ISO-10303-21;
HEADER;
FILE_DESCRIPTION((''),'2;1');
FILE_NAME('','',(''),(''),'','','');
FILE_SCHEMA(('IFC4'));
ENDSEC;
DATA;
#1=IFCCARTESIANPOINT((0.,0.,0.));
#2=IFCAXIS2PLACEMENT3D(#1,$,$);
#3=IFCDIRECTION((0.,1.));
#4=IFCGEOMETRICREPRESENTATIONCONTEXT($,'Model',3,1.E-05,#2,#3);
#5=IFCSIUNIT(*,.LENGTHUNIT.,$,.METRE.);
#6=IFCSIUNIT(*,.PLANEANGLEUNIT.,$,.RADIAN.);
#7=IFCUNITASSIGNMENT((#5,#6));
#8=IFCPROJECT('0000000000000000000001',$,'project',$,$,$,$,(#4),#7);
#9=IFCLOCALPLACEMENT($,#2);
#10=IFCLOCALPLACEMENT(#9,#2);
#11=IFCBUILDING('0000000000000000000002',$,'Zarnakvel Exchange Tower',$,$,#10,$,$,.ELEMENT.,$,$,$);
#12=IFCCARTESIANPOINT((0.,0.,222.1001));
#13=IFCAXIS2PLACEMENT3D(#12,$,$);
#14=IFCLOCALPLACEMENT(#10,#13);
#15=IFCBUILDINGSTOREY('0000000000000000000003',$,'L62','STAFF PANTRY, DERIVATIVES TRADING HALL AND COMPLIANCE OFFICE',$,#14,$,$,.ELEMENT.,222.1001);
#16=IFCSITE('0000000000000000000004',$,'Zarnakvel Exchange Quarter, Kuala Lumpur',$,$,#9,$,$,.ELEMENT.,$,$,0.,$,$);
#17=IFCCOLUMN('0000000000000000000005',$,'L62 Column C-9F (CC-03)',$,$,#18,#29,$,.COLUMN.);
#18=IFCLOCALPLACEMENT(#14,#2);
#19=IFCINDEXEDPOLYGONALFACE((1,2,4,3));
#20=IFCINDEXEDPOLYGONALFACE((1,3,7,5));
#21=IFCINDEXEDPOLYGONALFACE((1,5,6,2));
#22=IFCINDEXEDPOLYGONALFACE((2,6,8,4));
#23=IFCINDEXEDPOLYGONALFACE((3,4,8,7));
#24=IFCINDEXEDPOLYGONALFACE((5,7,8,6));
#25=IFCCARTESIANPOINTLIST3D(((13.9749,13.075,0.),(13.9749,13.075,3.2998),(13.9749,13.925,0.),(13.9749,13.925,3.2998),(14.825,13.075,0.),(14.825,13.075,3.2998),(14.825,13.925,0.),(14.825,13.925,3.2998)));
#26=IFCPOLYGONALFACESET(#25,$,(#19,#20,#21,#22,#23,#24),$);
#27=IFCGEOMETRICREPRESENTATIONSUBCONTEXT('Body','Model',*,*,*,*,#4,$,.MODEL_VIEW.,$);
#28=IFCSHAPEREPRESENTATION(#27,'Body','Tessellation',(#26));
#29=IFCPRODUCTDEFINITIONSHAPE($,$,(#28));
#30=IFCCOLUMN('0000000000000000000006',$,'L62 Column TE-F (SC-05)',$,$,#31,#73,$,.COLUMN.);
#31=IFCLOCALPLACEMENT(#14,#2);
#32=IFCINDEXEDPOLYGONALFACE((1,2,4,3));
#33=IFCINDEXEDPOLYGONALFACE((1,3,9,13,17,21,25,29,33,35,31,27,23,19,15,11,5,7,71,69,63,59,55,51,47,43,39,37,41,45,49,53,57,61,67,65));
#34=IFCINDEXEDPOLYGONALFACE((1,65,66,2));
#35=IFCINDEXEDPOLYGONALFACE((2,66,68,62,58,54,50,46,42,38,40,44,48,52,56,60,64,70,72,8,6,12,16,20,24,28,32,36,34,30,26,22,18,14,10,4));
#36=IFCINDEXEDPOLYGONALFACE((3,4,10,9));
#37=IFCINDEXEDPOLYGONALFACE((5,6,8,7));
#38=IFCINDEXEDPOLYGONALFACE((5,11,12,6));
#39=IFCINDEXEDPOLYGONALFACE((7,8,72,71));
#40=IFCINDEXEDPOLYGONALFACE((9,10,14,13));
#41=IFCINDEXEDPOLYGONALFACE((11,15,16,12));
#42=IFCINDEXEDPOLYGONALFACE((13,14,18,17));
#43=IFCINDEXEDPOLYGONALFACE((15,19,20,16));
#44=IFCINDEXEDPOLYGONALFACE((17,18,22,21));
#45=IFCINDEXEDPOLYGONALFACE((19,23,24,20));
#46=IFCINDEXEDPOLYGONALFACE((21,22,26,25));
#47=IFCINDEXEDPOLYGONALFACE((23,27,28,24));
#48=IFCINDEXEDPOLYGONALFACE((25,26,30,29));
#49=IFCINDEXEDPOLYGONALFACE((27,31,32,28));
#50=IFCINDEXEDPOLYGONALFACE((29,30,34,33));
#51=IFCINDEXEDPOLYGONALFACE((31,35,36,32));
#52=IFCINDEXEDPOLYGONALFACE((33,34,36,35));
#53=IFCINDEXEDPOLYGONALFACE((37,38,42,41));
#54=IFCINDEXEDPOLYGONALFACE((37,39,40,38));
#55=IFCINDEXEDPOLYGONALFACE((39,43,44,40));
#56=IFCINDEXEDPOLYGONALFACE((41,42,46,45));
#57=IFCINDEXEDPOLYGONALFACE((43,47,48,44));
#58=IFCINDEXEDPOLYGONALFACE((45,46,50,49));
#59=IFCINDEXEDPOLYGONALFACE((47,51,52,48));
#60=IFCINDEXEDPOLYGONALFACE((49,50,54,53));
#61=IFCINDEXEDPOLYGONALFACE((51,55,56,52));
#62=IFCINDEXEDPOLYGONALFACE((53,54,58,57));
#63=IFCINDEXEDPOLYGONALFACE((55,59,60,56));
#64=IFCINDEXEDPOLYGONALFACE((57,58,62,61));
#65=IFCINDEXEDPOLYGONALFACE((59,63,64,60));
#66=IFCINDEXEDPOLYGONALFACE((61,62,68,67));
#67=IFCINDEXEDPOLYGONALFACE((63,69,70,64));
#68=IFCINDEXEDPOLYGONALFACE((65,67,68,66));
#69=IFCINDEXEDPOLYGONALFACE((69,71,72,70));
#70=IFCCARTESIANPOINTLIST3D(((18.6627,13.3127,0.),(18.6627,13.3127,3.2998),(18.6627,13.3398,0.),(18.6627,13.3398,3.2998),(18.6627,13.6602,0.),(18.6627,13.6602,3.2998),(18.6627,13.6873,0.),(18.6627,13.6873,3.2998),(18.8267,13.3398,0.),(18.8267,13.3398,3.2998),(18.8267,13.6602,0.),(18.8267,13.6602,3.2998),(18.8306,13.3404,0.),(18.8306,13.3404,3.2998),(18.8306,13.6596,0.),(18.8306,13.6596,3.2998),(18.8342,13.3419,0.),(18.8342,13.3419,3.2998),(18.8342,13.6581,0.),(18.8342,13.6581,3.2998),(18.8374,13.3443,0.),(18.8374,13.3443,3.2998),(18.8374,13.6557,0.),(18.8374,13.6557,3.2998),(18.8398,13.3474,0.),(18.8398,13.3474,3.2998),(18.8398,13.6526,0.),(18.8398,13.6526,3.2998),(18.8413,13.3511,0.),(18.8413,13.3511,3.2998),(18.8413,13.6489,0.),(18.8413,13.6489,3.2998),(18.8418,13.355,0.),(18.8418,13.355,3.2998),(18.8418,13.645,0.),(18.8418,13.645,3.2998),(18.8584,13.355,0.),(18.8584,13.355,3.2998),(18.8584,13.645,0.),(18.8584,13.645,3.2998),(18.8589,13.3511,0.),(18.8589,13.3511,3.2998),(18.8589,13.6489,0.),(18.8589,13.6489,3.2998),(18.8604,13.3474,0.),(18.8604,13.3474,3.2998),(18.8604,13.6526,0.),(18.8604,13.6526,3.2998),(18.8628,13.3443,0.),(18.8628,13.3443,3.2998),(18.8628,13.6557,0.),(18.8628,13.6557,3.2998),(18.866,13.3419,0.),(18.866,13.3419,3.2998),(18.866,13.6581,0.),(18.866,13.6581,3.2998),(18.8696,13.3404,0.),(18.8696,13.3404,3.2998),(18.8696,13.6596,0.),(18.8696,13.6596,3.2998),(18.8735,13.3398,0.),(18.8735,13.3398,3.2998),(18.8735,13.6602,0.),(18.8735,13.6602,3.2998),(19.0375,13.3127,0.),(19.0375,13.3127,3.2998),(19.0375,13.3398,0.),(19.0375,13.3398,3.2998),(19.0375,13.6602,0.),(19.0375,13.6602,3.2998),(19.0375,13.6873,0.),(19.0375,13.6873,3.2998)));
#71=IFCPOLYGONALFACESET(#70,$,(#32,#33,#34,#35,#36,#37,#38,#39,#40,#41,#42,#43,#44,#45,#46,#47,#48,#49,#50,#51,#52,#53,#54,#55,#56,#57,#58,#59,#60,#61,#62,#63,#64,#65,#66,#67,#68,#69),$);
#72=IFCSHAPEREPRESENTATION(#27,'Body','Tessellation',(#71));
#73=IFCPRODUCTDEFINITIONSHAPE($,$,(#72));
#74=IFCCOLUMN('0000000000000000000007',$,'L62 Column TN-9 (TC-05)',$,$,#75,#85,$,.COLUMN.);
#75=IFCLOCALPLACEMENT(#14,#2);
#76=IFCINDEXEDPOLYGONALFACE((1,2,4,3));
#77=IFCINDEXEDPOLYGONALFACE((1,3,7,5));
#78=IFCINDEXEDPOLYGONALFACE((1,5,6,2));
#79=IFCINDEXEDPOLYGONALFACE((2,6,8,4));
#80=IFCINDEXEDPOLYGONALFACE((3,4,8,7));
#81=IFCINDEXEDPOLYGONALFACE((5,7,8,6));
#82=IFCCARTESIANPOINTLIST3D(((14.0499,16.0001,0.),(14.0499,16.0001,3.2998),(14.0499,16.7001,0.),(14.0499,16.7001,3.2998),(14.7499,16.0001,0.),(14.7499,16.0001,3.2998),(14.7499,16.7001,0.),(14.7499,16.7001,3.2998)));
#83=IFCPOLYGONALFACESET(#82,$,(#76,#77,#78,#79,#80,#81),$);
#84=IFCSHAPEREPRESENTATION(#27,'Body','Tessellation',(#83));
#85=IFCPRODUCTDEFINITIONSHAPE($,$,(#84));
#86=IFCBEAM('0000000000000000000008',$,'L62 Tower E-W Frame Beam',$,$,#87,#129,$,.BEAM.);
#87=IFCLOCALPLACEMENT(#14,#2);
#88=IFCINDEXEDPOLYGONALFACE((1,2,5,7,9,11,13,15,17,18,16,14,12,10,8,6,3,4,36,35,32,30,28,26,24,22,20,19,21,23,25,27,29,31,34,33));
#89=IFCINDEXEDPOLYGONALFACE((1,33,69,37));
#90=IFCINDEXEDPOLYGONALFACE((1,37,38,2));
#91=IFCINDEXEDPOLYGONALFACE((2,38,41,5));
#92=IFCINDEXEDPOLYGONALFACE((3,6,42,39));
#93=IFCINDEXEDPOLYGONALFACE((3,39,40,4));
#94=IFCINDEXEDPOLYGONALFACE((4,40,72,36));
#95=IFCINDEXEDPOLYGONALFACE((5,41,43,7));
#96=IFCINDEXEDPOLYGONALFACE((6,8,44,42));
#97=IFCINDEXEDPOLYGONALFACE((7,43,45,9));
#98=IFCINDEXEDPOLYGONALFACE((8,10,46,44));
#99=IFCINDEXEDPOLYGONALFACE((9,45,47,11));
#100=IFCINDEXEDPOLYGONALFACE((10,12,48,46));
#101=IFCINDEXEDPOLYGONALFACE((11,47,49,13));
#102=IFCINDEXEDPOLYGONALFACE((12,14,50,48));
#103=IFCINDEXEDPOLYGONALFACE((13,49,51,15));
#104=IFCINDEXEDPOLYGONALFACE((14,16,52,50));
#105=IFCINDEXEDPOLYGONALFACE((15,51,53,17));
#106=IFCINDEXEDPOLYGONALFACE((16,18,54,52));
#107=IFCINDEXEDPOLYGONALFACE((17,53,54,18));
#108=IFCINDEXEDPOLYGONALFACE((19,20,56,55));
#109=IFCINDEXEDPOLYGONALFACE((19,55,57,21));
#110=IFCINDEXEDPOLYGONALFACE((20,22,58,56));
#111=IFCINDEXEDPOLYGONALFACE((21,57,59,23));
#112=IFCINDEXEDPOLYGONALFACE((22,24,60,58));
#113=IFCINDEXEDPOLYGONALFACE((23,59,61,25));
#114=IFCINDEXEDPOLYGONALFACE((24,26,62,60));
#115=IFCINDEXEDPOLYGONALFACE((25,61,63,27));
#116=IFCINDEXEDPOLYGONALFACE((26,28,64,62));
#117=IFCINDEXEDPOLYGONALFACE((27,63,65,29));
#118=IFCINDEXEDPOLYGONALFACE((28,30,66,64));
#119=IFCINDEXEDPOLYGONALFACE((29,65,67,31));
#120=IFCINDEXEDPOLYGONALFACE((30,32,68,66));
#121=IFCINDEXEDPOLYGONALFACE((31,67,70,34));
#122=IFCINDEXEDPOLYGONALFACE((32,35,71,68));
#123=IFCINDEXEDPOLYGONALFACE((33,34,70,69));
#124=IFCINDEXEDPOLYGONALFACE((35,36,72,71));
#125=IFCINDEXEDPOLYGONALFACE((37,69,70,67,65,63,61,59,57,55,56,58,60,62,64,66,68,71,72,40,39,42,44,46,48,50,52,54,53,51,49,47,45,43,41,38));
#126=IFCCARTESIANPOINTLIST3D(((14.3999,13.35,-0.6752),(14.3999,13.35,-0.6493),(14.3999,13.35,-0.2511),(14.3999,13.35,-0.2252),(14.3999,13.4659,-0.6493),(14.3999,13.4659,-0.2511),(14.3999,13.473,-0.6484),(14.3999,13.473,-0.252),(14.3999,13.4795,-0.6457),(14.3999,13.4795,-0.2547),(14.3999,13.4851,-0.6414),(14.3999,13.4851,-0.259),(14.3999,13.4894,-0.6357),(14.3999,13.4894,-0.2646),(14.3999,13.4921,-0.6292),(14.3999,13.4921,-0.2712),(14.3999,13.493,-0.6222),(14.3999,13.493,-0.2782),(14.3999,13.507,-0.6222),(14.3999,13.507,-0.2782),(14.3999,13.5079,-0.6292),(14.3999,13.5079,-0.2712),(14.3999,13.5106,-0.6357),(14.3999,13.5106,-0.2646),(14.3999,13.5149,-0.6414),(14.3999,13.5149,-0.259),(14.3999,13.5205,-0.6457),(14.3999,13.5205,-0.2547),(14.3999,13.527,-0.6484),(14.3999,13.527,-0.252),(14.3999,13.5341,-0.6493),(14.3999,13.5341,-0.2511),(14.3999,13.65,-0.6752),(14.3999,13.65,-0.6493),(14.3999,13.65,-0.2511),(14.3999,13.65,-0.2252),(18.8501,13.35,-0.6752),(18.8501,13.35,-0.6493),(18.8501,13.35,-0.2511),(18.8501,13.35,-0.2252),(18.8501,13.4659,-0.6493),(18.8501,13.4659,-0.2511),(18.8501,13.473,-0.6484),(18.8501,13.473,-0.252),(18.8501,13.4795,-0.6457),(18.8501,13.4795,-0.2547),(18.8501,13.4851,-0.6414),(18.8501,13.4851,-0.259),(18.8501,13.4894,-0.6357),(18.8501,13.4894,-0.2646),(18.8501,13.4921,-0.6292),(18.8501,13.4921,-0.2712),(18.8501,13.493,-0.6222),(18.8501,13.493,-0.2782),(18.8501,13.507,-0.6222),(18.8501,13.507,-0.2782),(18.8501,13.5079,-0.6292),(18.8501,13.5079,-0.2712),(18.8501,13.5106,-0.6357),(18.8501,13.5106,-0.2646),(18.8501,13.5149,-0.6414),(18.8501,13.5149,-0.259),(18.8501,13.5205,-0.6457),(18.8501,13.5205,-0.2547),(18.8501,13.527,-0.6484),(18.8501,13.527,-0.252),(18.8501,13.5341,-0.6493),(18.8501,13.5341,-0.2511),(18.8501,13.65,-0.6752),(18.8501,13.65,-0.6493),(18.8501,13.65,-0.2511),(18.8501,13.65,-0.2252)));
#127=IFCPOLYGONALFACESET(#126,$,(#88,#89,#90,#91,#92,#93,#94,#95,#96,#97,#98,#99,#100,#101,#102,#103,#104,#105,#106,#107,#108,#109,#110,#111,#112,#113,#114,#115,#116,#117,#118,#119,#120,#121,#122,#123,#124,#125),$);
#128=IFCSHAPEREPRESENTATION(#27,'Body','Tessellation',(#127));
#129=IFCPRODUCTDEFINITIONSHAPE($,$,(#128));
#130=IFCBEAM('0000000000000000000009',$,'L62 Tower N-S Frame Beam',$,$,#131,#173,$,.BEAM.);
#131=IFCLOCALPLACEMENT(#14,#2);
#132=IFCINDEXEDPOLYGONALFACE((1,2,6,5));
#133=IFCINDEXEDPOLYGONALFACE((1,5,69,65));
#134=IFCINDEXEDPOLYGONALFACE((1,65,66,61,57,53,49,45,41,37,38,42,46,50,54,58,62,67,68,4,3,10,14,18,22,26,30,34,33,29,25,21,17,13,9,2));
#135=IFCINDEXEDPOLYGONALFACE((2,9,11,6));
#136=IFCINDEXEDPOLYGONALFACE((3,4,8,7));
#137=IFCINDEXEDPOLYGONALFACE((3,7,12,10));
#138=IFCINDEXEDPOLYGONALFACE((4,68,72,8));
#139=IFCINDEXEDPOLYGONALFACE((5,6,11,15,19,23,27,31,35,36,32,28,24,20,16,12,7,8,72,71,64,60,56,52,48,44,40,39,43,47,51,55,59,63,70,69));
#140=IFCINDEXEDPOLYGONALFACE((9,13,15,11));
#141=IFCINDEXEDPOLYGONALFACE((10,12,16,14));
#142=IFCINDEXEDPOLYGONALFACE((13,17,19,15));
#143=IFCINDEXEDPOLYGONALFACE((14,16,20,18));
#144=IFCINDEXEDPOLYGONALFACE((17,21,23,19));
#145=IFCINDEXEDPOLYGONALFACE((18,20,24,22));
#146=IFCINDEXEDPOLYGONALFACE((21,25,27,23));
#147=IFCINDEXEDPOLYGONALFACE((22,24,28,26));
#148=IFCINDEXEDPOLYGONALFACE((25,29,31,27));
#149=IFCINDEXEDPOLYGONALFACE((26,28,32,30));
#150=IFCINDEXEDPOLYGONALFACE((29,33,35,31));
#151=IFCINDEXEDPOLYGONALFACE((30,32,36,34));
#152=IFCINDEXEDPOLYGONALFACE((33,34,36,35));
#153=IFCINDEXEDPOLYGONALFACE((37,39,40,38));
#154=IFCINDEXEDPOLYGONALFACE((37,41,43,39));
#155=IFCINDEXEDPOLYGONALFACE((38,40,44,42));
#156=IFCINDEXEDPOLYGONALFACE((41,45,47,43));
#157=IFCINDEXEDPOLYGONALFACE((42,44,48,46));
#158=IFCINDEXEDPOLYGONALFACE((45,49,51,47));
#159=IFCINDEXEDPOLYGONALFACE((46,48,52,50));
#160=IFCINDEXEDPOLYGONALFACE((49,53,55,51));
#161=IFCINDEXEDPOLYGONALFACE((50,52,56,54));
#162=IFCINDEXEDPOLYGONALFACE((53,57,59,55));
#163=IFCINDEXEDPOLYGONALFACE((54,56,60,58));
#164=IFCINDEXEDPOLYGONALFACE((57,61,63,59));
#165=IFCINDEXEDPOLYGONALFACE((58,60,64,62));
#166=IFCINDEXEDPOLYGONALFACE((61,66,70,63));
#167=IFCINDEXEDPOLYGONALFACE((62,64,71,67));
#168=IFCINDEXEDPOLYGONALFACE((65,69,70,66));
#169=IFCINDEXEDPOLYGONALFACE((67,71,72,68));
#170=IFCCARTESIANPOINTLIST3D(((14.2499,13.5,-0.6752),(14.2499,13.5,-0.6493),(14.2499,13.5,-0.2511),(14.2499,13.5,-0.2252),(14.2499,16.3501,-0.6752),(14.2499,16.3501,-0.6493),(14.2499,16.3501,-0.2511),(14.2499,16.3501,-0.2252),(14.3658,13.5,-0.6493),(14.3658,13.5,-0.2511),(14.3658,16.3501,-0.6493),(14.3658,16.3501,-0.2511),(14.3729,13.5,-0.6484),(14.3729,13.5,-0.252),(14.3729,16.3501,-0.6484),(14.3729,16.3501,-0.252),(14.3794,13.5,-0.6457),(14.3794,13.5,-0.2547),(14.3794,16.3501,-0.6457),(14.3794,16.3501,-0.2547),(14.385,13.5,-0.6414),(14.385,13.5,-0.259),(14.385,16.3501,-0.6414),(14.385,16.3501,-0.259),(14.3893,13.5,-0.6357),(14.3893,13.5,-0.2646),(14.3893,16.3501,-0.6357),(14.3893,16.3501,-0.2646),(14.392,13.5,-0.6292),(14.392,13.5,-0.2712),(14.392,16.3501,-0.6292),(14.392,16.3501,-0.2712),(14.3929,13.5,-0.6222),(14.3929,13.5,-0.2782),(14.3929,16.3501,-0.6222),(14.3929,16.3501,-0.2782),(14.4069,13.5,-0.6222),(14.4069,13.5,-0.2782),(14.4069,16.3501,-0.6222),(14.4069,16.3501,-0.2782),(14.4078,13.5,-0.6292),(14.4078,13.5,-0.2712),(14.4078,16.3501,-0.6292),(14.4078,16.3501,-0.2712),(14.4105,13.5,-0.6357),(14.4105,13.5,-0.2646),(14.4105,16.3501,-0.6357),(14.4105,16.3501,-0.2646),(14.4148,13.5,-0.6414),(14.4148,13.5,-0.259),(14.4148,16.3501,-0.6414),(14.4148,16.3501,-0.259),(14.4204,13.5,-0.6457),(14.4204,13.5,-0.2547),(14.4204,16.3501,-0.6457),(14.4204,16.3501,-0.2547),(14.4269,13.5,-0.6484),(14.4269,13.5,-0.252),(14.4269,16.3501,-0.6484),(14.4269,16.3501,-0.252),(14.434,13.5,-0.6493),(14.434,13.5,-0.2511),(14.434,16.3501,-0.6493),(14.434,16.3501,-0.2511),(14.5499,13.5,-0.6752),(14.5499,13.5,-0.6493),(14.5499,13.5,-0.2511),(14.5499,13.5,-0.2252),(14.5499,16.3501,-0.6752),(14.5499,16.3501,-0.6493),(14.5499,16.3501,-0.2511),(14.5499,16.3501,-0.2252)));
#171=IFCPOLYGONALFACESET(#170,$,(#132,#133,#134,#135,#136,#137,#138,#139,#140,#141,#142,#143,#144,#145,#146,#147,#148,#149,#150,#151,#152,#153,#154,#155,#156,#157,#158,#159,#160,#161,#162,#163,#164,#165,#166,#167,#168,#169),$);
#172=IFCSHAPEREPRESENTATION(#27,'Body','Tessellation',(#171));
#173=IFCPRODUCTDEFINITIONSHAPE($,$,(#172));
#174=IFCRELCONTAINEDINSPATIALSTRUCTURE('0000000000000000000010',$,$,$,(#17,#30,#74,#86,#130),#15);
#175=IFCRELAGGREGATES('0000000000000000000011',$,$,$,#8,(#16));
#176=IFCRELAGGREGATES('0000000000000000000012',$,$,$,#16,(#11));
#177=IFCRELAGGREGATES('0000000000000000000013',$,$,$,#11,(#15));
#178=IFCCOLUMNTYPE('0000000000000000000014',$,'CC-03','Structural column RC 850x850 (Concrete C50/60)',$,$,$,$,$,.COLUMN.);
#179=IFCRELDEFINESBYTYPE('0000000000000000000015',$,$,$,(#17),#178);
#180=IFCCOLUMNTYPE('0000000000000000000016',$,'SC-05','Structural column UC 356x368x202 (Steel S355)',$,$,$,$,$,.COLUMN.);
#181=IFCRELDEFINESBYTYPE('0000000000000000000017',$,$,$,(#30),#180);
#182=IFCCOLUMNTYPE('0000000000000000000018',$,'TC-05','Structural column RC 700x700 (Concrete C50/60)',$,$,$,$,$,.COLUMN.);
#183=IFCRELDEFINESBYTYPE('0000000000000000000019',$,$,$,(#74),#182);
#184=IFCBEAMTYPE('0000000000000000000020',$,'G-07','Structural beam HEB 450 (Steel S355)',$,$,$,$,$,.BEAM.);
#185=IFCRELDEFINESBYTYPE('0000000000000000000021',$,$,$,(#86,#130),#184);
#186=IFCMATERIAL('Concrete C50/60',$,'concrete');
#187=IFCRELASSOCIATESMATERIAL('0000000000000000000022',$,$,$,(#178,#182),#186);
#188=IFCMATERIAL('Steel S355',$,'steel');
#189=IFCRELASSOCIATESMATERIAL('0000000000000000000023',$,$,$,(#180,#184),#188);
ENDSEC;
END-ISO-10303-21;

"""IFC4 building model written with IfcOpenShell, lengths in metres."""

from ifc_helpers import new_model, si_unit, direction, frame, origin, origin_2d, place, context, subcontext, project, spatial, rectangle, i_section, extrude, material, material_profile, profile_set, type_object, element, save


model = new_model("IFC4")

# Units and contexts
model_context = context("Model", 3, precision=1e-05, world=origin(), true_north=direction((0.0, 1.0)))
body_context = subcontext(model_context, "Body", "Model", "MODEL_VIEW")
ifc_project = project(units=[si_unit("LENGTHUNIT", "METRE"), si_unit("PLANEANGLEUNIT", "RADIAN")], contexts=[model_context])

# Site, building, storey
site_placement = place(None, origin())
site = spatial("IfcSite", under=ifc_project, at=site_placement, Name="Zarnakvel Exchange Quarter, Kuala Lumpur", CompositionType="ELEMENT", RefElevation=0.0)
building_placement = place(site_placement, origin())
building = spatial("IfcBuilding", under=site, at=building_placement, Name="Zarnakvel Exchange Tower", CompositionType="ELEMENT")
storey_placement = place(building_placement, frame((0.0, 0.0, 222.1001)))
storey = spatial("IfcBuildingStorey", under=building, at=storey_placement, Name="L62", Description="STAFF PANTRY, DERIVATIVES TRADING HALL AND COMPLIANCE OFFICE", CompositionType="ELEMENT", Elevation=222.1001)

# Columns
ifc_material_1 = material(Name="Concrete C50/60", Category="concrete")
ifc_material_profile_1 = material_profile(ifc_material_1, rectangle(XDim=0.8501, YDim=0.8501, at=origin_2d()))
ifc_profile_set_1 = profile_set([ifc_material_profile_1], Name="Concrete C50/60")
column_type_1 = type_object("IfcColumnType", Name="CC-03", Description="Structural column RC 850x850 (Concrete C50/60)", PredefinedType="COLUMN", material=ifc_profile_set_1)
column_1_placement = place(storey_placement, frame((14.3999, 13.5, 0.0), z_axis=(0.0, 0.0, 1.0), x_axis=(1.0, 0.0, 0.0)))
element("IfcColumn", 1, at=column_1_placement, inside=storey, type_object=column_type_1, Name="L62 Column C-9F (CC-03)", PredefinedType="COLUMN", context=body_context, shape_type="SweptSolid", body=[
    extrude(rectangle(XDim=0.8501, YDim=0.8501, at=origin_2d()), origin(), (0.0, 0.0, 1.0), 3.2998),
])
ifc_material_2 = material(Name="Steel S355", Category="steel")
ifc_material_profile_2 = material_profile(ifc_material_2, i_section(OverallWidth=0.3748, OverallDepth=0.3745, WebThickness=0.0166, FlangeThickness=0.0271, FilletRadius=0.0151, at=origin_2d()))
ifc_profile_set_2 = profile_set([ifc_material_profile_2], Name="Steel S355")
column_type_2 = type_object("IfcColumnType", Name="SC-05", Description="Structural column UC 356x368x202 (Steel S355)", PredefinedType="COLUMN", material=ifc_profile_set_2)
column_2_placement = place(storey_placement, frame((18.8501, 13.5, 0.0), z_axis=(0.0, 0.0, 1.0), x_axis=(1.0, 0.0, 0.0)))
element("IfcColumn", 2, at=column_2_placement, inside=storey, type_object=column_type_2, Name="L62 Column TE-F (SC-05)", PredefinedType="COLUMN", context=body_context, shape_type="SweptSolid", body=[
    extrude(i_section(OverallWidth=0.3748, OverallDepth=0.3745, WebThickness=0.0166, FlangeThickness=0.0271, FilletRadius=0.0151, at=origin_2d()), origin(), (0.0, 0.0, 1.0), 3.2998),
])
ifc_material_profile_3 = material_profile(ifc_material_1, rectangle(XDim=0.7, YDim=0.7, at=origin_2d()))
ifc_profile_set_3 = profile_set([ifc_material_profile_3], Name="Concrete C50/60")
column_type_3 = type_object("IfcColumnType", Name="TC-05", Description="Structural column RC 700x700 (Concrete C50/60)", PredefinedType="COLUMN", material=ifc_profile_set_3)
column_3_placement = place(storey_placement, frame((14.3999, 16.3501, 0.0), z_axis=(0.0, 0.0, 1.0), x_axis=(1.0, 0.0, 0.0)))
element("IfcColumn", 3, at=column_3_placement, inside=storey, type_object=column_type_3, Name="L62 Column TN-9 (TC-05)", PredefinedType="COLUMN", context=body_context, shape_type="SweptSolid", body=[
    extrude(rectangle(XDim=0.7, YDim=0.7, at=origin_2d()), origin(), (0.0, 0.0, 1.0), 3.2998),
])

# Beams
ifc_material_profile_4 = material_profile(ifc_material_2, i_section(OverallWidth=0.3, OverallDepth=0.45, WebThickness=0.0139, FlangeThickness=0.0259, FilletRadius=0.0271, at=origin_2d()))
ifc_profile_set_4 = profile_set([ifc_material_profile_4], Name="Steel S355")
beam_type = type_object("IfcBeamType", Name="G-07", Description="Structural beam HEB 450 (Steel S355)", PredefinedType="BEAM", material=ifc_profile_set_4)
beam_1_placement = place(storey_placement, frame((14.3999, 13.5, -0.4502), z_axis=(1.0, 0.0, 0.0), x_axis=(0.0, 1.0, 0.0)))
element("IfcBeam", 4, at=beam_1_placement, inside=storey, type_object=beam_type, Name="L62 Tower E-W Frame Beam", PredefinedType="BEAM", context=body_context, shape_type="SweptSolid", body=[
    extrude(i_section(OverallWidth=0.3, OverallDepth=0.45, WebThickness=0.0139, FlangeThickness=0.0259, FilletRadius=0.0271, at=origin_2d()), origin(), (0.0, 0.0, 1.0), 4.4502),
])
beam_2_placement = place(storey_placement, frame((14.3999, 13.5, -0.4502), z_axis=(0.0, 1.0, 0.0), x_axis=(-1.0, 0.0, 0.0)))
element("IfcBeam", 5, at=beam_2_placement, inside=storey, type_object=beam_type, Name="L62 Tower N-S Frame Beam", PredefinedType="BEAM", context=body_context, shape_type="SweptSolid", body=[
    extrude(i_section(OverallWidth=0.3, OverallDepth=0.45, WebThickness=0.0139, FlangeThickness=0.0259, FilletRadius=0.0271, at=origin_2d()), origin(), (0.0, 0.0, 1.0), 2.8501),
])

save(model, "model.ifc")
